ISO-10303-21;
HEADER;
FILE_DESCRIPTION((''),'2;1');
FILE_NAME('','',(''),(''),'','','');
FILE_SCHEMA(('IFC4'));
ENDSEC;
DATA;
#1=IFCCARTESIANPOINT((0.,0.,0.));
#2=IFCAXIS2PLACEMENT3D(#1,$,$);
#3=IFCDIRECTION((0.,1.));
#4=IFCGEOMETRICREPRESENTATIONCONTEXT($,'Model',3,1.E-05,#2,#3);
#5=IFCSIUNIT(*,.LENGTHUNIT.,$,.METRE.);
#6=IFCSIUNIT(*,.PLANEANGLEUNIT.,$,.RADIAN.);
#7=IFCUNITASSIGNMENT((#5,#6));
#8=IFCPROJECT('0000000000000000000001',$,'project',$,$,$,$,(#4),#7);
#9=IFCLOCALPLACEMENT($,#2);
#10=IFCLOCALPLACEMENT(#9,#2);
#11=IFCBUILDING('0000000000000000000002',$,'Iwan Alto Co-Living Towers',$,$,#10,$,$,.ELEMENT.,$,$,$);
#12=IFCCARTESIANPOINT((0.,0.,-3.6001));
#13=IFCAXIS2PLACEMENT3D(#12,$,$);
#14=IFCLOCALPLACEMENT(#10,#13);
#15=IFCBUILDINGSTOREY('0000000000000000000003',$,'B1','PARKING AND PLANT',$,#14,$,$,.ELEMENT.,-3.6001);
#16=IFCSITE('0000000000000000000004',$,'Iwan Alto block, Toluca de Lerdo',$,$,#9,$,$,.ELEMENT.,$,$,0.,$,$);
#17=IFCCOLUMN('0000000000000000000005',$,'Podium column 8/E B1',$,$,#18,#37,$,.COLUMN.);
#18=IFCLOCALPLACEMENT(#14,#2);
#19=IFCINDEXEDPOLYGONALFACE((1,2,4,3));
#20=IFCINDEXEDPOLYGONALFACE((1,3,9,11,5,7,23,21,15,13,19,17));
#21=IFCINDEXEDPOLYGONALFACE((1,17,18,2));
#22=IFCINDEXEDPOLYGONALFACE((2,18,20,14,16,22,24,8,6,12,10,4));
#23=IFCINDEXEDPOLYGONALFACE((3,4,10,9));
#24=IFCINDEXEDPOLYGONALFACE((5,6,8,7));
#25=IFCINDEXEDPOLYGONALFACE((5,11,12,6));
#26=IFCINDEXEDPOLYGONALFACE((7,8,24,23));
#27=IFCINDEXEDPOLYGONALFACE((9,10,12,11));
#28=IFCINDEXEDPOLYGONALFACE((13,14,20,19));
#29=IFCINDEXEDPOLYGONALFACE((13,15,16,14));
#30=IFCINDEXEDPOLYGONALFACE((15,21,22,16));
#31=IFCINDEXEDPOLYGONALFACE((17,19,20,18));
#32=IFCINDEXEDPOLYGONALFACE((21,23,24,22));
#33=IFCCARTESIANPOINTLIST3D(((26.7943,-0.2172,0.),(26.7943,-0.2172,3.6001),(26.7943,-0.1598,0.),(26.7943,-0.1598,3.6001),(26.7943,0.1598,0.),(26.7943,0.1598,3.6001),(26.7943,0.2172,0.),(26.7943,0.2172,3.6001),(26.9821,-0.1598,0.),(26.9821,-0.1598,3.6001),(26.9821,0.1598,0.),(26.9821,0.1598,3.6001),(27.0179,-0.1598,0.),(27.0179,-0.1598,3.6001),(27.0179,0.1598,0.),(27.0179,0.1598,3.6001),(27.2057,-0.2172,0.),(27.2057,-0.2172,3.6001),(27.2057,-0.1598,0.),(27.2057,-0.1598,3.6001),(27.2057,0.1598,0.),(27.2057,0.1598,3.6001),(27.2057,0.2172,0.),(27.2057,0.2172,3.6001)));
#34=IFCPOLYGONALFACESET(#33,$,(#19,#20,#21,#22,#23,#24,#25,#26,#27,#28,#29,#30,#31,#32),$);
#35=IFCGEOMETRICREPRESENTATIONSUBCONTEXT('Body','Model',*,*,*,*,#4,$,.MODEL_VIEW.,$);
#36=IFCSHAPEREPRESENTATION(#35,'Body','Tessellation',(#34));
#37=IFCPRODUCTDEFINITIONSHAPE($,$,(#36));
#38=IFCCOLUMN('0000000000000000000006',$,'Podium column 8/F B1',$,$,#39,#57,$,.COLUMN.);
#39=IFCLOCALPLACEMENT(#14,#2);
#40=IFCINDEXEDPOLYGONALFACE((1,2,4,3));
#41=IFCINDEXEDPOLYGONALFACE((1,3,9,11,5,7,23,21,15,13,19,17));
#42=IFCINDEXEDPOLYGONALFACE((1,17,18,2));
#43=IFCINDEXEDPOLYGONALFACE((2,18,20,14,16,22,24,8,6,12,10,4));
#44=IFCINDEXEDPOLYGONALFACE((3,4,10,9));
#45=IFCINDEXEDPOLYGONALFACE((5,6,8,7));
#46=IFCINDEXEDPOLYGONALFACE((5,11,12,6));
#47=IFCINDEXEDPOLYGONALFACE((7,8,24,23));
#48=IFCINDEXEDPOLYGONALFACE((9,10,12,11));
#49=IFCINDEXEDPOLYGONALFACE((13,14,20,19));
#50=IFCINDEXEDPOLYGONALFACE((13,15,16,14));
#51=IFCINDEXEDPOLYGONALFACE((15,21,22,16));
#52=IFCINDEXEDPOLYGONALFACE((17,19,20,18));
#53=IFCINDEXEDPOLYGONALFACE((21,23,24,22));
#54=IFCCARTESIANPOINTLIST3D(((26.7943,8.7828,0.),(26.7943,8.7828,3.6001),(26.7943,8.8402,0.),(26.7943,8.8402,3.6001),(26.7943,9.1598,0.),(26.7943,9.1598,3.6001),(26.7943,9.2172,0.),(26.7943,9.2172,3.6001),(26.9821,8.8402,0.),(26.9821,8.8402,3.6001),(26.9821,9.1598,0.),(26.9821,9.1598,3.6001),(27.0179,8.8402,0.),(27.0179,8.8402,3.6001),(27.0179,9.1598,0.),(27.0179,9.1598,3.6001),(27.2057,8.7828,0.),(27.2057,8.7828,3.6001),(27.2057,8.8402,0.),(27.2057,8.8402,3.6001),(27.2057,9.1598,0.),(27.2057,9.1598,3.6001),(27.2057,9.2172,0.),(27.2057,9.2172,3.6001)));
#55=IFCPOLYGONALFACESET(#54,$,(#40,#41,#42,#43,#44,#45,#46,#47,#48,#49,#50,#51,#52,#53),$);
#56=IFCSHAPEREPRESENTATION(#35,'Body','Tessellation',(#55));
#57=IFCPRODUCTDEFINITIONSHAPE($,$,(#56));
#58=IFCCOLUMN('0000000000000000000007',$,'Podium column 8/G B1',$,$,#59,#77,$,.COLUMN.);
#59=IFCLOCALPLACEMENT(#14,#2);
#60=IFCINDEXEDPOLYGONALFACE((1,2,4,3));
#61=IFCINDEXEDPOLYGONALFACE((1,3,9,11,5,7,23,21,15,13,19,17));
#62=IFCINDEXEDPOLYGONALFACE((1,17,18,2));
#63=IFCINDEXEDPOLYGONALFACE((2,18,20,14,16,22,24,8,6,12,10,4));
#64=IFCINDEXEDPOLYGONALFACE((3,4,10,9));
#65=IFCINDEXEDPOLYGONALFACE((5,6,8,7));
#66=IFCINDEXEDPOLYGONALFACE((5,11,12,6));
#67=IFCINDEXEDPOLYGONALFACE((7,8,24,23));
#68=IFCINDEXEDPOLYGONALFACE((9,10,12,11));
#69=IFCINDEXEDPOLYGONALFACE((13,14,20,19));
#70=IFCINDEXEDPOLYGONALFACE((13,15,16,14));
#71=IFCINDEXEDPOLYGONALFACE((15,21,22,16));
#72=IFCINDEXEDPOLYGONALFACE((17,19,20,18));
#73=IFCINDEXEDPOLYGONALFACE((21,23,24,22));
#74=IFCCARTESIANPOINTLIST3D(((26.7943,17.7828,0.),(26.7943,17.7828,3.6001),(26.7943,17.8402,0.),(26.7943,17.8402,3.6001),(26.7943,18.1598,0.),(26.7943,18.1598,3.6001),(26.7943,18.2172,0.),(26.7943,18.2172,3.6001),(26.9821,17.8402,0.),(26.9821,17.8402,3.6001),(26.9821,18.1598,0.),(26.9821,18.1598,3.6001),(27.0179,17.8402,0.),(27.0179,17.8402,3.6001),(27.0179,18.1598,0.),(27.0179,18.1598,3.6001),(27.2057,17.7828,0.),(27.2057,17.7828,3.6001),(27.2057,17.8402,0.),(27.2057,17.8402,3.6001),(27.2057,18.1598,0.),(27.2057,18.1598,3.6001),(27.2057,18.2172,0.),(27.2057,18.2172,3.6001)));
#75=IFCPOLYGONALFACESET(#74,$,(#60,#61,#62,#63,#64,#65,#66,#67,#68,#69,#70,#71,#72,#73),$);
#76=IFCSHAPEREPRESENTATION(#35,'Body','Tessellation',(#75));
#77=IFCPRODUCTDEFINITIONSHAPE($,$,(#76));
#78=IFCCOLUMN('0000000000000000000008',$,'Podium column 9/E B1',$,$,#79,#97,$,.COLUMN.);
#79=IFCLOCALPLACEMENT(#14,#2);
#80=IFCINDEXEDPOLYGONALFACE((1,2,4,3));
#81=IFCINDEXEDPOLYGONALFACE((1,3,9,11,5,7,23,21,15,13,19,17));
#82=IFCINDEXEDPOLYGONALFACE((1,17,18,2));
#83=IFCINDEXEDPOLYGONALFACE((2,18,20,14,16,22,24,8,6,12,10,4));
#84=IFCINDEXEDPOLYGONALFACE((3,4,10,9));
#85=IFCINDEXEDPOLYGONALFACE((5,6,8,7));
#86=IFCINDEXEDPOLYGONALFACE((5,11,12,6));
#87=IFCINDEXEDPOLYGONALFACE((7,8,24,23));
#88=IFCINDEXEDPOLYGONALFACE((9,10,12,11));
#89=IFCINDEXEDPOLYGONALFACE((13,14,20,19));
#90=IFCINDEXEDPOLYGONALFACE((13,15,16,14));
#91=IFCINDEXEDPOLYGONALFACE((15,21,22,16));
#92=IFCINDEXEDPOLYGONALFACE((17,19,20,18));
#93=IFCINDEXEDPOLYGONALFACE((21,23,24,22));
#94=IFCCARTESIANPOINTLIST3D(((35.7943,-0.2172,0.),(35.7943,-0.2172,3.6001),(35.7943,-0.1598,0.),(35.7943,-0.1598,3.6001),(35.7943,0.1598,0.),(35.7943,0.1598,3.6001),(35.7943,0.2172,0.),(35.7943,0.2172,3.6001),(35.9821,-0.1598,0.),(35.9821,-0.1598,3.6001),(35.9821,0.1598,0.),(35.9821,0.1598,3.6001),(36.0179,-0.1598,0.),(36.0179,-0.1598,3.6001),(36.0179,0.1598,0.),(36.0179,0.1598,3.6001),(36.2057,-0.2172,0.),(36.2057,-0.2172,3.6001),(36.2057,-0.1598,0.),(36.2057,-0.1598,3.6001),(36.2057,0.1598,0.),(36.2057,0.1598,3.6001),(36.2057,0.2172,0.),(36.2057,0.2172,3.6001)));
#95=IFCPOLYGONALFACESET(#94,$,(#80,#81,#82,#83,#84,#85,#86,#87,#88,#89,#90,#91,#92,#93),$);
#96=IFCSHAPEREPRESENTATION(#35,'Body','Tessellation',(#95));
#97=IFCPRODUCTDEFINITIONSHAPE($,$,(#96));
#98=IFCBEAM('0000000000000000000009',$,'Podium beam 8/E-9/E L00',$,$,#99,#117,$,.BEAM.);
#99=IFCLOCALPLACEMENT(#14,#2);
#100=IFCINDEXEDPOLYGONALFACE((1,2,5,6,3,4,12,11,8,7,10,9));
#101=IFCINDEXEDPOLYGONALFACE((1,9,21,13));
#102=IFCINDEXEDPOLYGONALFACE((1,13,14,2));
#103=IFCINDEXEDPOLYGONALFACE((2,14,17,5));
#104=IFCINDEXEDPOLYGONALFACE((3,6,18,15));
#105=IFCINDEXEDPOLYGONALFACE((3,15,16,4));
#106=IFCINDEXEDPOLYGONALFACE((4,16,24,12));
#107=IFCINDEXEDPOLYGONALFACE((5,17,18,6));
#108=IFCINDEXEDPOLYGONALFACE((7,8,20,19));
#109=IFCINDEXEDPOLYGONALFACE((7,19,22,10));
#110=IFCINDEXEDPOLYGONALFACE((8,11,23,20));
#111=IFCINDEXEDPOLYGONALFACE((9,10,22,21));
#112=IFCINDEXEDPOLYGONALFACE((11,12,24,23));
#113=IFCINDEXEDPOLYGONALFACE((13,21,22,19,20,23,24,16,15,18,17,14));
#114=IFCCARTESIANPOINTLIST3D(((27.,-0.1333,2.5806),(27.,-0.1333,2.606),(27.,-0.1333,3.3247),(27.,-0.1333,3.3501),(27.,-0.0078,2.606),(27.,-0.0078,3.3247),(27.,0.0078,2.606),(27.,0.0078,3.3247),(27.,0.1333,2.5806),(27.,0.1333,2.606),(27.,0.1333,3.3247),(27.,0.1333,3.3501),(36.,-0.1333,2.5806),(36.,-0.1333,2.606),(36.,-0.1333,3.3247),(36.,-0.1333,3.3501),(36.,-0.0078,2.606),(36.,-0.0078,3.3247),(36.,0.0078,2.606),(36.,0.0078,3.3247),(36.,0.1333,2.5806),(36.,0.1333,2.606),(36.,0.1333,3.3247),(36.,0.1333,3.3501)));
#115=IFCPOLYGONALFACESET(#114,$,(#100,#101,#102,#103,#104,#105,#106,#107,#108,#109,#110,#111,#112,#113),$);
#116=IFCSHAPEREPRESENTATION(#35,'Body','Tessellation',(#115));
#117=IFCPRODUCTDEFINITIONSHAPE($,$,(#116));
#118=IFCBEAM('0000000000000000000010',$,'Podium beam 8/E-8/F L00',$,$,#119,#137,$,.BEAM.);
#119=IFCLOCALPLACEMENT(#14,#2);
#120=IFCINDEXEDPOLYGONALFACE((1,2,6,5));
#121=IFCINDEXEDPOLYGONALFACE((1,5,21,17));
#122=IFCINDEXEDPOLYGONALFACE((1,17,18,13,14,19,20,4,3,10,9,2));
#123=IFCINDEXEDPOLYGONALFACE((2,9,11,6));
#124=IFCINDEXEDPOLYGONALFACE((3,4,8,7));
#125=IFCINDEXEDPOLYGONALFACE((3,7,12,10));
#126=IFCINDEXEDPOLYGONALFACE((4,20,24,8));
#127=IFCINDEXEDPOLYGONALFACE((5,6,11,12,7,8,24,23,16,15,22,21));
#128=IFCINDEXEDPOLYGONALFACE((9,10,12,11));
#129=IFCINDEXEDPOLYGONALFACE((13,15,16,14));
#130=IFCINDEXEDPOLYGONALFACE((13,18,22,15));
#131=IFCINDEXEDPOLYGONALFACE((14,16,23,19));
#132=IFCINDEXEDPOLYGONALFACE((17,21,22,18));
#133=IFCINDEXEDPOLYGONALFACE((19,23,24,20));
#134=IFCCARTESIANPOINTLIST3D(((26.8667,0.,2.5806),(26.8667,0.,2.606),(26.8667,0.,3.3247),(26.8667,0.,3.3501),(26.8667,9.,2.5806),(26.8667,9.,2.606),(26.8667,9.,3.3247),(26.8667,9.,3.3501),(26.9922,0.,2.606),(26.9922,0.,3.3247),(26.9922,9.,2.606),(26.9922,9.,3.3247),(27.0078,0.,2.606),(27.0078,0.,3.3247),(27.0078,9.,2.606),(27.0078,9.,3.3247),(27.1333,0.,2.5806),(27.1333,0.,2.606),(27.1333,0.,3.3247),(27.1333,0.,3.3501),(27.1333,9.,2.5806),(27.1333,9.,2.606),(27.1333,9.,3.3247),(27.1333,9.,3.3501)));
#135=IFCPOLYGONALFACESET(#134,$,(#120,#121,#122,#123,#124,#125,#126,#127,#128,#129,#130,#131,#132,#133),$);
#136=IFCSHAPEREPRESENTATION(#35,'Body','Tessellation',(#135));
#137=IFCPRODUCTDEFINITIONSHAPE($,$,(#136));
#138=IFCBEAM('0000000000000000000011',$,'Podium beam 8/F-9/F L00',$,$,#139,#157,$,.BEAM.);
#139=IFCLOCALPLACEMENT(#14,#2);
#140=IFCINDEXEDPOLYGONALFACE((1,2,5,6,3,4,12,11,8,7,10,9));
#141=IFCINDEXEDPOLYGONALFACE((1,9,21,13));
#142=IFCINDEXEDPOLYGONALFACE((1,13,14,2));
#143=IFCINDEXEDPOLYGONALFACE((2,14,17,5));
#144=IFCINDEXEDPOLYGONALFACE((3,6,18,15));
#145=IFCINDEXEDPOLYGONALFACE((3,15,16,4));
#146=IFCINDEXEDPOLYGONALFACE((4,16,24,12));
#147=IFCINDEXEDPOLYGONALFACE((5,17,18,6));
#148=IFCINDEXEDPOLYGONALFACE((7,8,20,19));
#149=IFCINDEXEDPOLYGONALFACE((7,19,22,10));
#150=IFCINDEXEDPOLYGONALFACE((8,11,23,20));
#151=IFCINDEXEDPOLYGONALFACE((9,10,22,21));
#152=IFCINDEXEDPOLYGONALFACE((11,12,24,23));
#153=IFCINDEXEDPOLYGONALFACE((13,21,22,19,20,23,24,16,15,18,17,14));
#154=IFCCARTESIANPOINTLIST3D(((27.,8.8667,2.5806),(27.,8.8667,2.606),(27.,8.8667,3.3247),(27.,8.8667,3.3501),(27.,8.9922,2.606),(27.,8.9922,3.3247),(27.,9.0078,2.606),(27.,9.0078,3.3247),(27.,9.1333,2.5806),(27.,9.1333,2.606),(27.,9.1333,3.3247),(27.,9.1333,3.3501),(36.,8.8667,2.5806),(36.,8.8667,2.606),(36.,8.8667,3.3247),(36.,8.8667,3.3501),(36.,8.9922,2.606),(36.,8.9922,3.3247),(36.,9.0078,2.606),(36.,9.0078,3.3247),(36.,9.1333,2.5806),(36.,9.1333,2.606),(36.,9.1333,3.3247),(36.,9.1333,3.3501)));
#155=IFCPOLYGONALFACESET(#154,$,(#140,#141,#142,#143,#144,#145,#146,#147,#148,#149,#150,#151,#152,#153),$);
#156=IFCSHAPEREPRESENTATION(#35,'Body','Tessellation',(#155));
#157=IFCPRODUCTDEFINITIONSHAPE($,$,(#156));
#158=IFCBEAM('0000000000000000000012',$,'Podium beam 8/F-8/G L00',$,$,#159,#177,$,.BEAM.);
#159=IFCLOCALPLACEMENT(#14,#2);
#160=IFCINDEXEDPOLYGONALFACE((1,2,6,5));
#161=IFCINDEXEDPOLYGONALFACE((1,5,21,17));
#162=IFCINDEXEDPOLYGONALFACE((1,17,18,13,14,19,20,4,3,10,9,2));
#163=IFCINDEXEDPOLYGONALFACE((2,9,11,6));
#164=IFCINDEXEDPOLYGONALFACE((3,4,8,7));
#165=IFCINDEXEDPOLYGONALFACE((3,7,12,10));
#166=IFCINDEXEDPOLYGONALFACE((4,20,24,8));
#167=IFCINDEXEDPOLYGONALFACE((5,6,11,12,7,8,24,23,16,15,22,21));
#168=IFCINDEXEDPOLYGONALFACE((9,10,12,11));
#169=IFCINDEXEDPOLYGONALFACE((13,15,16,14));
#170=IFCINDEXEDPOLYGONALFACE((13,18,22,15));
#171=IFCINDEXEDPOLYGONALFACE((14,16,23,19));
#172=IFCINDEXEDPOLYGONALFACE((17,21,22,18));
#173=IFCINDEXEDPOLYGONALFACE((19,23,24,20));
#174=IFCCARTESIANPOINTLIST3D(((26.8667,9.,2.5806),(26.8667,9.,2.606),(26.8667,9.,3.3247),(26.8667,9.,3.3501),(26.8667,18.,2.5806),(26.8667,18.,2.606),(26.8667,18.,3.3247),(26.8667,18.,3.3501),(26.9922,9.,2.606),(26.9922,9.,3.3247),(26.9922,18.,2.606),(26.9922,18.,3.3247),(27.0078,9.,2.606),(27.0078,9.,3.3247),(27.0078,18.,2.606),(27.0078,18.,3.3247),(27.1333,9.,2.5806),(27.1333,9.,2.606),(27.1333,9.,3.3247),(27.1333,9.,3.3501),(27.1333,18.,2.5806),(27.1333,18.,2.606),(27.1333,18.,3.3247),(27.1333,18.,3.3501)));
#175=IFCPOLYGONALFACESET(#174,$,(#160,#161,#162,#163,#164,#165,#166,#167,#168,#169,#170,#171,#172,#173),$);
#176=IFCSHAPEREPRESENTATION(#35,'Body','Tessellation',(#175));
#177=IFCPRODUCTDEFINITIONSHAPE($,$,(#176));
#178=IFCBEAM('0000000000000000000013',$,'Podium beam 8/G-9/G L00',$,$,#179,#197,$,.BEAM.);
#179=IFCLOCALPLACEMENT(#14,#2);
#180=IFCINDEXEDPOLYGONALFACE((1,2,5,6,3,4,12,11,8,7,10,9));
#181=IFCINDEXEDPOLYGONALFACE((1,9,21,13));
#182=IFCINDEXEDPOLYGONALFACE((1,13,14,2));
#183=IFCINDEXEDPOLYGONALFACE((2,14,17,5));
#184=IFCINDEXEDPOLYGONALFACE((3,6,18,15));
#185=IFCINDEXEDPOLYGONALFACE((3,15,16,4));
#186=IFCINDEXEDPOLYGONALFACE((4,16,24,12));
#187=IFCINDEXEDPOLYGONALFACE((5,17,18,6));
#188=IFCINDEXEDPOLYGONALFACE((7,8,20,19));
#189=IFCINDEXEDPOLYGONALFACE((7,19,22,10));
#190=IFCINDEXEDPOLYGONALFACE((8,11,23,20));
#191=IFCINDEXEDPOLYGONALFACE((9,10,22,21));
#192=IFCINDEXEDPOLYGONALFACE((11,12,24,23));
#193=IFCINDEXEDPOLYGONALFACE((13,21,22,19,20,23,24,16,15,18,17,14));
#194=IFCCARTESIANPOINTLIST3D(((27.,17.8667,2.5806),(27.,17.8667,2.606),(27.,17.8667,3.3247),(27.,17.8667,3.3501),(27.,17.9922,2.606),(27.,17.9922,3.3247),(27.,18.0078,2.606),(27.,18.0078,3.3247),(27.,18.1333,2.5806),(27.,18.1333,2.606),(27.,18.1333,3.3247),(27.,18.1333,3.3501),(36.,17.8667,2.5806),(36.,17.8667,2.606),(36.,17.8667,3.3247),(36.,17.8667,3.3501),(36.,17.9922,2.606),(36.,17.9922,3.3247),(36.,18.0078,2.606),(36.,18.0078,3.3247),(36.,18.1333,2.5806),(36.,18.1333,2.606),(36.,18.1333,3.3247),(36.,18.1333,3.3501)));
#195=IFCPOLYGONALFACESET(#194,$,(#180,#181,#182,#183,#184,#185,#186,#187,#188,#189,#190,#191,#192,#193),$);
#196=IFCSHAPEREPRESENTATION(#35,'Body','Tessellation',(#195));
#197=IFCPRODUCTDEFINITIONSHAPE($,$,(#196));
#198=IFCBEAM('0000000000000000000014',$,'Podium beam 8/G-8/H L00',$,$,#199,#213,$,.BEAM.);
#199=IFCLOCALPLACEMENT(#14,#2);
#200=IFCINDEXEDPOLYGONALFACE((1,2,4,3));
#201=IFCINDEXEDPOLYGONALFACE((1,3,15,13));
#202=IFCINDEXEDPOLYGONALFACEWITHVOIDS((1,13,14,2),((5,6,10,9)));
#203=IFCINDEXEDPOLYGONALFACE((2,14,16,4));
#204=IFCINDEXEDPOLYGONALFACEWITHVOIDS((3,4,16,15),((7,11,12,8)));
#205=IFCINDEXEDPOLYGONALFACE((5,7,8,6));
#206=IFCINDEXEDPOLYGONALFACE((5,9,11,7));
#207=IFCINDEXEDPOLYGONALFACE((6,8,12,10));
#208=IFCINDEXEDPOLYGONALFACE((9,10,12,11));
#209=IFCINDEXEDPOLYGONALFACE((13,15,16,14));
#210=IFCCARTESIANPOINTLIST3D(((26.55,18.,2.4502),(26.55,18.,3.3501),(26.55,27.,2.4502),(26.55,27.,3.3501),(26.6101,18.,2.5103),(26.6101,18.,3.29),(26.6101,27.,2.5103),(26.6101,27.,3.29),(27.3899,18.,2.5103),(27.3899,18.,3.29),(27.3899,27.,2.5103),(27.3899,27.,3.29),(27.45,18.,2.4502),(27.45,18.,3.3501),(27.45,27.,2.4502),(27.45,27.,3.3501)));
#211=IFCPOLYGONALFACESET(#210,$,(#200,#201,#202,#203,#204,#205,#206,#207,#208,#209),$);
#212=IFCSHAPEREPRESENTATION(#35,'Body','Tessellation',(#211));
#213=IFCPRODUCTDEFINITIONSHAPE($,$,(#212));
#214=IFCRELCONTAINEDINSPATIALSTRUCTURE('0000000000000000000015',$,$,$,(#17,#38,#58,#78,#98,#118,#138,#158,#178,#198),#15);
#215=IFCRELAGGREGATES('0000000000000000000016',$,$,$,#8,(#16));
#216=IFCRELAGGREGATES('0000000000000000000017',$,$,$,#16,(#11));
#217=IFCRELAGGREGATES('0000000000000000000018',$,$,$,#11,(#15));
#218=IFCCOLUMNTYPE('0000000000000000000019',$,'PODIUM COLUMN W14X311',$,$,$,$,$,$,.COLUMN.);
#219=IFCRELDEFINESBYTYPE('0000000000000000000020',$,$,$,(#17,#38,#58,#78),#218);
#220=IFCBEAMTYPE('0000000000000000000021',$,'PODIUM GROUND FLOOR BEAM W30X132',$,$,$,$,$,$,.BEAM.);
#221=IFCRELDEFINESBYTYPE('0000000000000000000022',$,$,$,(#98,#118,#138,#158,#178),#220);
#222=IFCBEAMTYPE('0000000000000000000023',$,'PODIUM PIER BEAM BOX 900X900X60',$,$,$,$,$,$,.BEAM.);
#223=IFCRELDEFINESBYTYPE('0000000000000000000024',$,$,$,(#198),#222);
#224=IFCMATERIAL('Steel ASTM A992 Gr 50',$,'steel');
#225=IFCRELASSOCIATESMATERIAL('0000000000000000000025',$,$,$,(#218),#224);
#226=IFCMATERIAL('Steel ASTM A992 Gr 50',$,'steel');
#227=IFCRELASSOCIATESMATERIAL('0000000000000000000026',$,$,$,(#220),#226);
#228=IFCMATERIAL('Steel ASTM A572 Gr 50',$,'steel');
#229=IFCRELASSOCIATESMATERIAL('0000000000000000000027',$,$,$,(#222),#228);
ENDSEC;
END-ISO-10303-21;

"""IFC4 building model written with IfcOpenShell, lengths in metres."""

from ifc_helpers import new_model, si_unit, direction, frame, origin, origin_2d, place, context, subcontext, project, spatial, hollow_rectangle, i_section, extrude, material, material_profile, profile_set, type_object, element, save


model = new_model("IFC4")

# Units and contexts
model_context = context("Model", 3, precision=1e-05, world=origin(), true_north=direction((0.0, 1.0)))
body_context = subcontext(model_context, "Body", "Model", "MODEL_VIEW")
ifc_project = project(units=[si_unit("LENGTHUNIT", "METRE"), si_unit("PLANEANGLEUNIT", "RADIAN")], contexts=[model_context])

# Site, building, storey
site_placement = place(None, origin())
site = spatial("IfcSite", under=ifc_project, at=site_placement, Name="Iwan Alto block, Toluca de Lerdo", CompositionType="ELEMENT", RefElevation=0.0)
building_placement = place(site_placement, origin())
building = spatial("IfcBuilding", under=site, at=building_placement, Name="Iwan Alto Co-Living Towers", CompositionType="ELEMENT")
storey_placement = place(building_placement, frame((0.0, 0.0, -3.6001)))
storey = spatial("IfcBuildingStorey", under=building, at=storey_placement, Name="B1", Description="PARKING AND PLANT", CompositionType="ELEMENT", Elevation=-3.6001)

# Columns
ifc_material_1 = material(Name="Steel ASTM A992 Gr 50", Category="steel")
ifc_material_profile_1 = material_profile(ifc_material_1, i_section(OverallWidth=0.4114, OverallDepth=0.4343, WebThickness=0.0359, FlangeThickness=0.0574, at=origin_2d()), Name="W14X311")
ifc_profile_set_1 = profile_set([ifc_material_profile_1], Name="Steel ASTM A992 Gr 50")
column_type = type_object("IfcColumnType", Name="PODIUM COLUMN W14X311", PredefinedType="COLUMN", material=ifc_profile_set_1)
for number, where, z_axis, x_axis, name in (
    (1, (27.0, 0.0, 0.0), (0.0, 0.0, 1.0), (1.0, 0.0, 0.0), "Podium column 8/E B1"),
    (2, (27.0, 9.0, 0.0), (0.0, 0.0, 1.0), (1.0, 0.0, 0.0), "Podium column 8/F B1"),
    (3, (27.0, 18.0, 0.0), (0.0, 0.0, 1.0), (1.0, 0.0, 0.0), "Podium column 8/G B1"),
    (4, (36.0, 0.0, 0.0), (0.0, 0.0, 1.0), (1.0, 0.0, 0.0), "Podium column 9/E B1"),
):
    element("IfcColumn", number, at=place(storey_placement, frame(where, z_axis=z_axis, x_axis=x_axis)), inside=storey, type_object=column_type, Name=name, PredefinedType="COLUMN", context=body_context, shape_type="SweptSolid", body=[
        extrude(i_section(OverallWidth=0.4114, OverallDepth=0.4343, WebThickness=0.0359, FlangeThickness=0.0574, at=origin_2d()), origin(), (0.0, 0.0, 1.0), 3.6001),
    ])

# Beams
ifc_material_2 = material(Name="Steel ASTM A992 Gr 50", Category="steel")
ifc_material_profile_2 = material_profile(ifc_material_2, i_section(OverallWidth=0.2666, OverallDepth=0.7695, WebThickness=0.0156, FlangeThickness=0.0254, at=origin_2d()), Name="W30X132")
ifc_profile_set_2 = profile_set([ifc_material_profile_2], Name="Steel ASTM A992 Gr 50")
beam_type_1 = type_object("IfcBeamType", Name="PODIUM GROUND FLOOR BEAM W30X132", PredefinedType="BEAM", material=ifc_profile_set_2)
for number, where, z_axis, x_axis, name in (
    (5, (27.0, 0.0, 2.9653), (1.0, 0.0, 0.0), (0.0, 1.0, 0.0), "Podium beam 8/E-9/E L00"),
    (6, (27.0, 0.0, 2.9653), (0.0, 1.0, 0.0), (-1.0, 0.0, 0.0), "Podium beam 8/E-8/F L00"),
    (7, (27.0, 9.0, 2.9653), (1.0, 0.0, 0.0), (0.0, 1.0, 0.0), "Podium beam 8/F-9/F L00"),
    (8, (27.0, 9.0, 2.9653), (0.0, 1.0, 0.0), (-1.0, 0.0, 0.0), "Podium beam 8/F-8/G L00"),
    (9, (27.0, 18.0, 2.9653), (1.0, 0.0, 0.0), (0.0, 1.0, 0.0), "Podium beam 8/G-9/G L00"),
):
    element("IfcBeam", number, at=place(storey_placement, frame(where, z_axis=z_axis, x_axis=x_axis)), inside=storey, type_object=beam_type_1, Name=name, PredefinedType="BEAM", context=body_context, shape_type="SweptSolid", body=[
        extrude(i_section(OverallWidth=0.2666, OverallDepth=0.7695, WebThickness=0.0156, FlangeThickness=0.0254, at=origin_2d()), origin(), (0.0, 0.0, 1.0), 9.0),
    ])
ifc_material_3 = material(Name="Steel ASTM A572 Gr 50", Category="steel")
ifc_material_profile_3 = material_profile(ifc_material_3, hollow_rectangle(XDim=0.8999, YDim=0.8999, WallThickness=0.0601, at=origin_2d()), Name="BOX 900X900X60")
ifc_profile_set_3 = profile_set([ifc_material_profile_3], Name="Steel ASTM A572 Gr 50")
beam_type_2 = type_object("IfcBeamType", Name="PODIUM PIER BEAM BOX 900X900X60", PredefinedType="BEAM", material=ifc_profile_set_3)
beam_1_placement = place(storey_placement, frame((27.0, 18.0, 2.9001), z_axis=(0.0, 1.0, 0.0), x_axis=(-1.0, 0.0, 0.0)))
element("IfcBeam", 10, at=beam_1_placement, inside=storey, type_object=beam_type_2, Name="Podium beam 8/G-8/H L00", PredefinedType="BEAM", context=body_context, shape_type="SweptSolid", body=[
    extrude(hollow_rectangle(XDim=0.8999, YDim=0.8999, WallThickness=0.0601, at=origin_2d()), origin(), (0.0, 0.0, 1.0), 9.0),
])

save(model, "model.ifc")
